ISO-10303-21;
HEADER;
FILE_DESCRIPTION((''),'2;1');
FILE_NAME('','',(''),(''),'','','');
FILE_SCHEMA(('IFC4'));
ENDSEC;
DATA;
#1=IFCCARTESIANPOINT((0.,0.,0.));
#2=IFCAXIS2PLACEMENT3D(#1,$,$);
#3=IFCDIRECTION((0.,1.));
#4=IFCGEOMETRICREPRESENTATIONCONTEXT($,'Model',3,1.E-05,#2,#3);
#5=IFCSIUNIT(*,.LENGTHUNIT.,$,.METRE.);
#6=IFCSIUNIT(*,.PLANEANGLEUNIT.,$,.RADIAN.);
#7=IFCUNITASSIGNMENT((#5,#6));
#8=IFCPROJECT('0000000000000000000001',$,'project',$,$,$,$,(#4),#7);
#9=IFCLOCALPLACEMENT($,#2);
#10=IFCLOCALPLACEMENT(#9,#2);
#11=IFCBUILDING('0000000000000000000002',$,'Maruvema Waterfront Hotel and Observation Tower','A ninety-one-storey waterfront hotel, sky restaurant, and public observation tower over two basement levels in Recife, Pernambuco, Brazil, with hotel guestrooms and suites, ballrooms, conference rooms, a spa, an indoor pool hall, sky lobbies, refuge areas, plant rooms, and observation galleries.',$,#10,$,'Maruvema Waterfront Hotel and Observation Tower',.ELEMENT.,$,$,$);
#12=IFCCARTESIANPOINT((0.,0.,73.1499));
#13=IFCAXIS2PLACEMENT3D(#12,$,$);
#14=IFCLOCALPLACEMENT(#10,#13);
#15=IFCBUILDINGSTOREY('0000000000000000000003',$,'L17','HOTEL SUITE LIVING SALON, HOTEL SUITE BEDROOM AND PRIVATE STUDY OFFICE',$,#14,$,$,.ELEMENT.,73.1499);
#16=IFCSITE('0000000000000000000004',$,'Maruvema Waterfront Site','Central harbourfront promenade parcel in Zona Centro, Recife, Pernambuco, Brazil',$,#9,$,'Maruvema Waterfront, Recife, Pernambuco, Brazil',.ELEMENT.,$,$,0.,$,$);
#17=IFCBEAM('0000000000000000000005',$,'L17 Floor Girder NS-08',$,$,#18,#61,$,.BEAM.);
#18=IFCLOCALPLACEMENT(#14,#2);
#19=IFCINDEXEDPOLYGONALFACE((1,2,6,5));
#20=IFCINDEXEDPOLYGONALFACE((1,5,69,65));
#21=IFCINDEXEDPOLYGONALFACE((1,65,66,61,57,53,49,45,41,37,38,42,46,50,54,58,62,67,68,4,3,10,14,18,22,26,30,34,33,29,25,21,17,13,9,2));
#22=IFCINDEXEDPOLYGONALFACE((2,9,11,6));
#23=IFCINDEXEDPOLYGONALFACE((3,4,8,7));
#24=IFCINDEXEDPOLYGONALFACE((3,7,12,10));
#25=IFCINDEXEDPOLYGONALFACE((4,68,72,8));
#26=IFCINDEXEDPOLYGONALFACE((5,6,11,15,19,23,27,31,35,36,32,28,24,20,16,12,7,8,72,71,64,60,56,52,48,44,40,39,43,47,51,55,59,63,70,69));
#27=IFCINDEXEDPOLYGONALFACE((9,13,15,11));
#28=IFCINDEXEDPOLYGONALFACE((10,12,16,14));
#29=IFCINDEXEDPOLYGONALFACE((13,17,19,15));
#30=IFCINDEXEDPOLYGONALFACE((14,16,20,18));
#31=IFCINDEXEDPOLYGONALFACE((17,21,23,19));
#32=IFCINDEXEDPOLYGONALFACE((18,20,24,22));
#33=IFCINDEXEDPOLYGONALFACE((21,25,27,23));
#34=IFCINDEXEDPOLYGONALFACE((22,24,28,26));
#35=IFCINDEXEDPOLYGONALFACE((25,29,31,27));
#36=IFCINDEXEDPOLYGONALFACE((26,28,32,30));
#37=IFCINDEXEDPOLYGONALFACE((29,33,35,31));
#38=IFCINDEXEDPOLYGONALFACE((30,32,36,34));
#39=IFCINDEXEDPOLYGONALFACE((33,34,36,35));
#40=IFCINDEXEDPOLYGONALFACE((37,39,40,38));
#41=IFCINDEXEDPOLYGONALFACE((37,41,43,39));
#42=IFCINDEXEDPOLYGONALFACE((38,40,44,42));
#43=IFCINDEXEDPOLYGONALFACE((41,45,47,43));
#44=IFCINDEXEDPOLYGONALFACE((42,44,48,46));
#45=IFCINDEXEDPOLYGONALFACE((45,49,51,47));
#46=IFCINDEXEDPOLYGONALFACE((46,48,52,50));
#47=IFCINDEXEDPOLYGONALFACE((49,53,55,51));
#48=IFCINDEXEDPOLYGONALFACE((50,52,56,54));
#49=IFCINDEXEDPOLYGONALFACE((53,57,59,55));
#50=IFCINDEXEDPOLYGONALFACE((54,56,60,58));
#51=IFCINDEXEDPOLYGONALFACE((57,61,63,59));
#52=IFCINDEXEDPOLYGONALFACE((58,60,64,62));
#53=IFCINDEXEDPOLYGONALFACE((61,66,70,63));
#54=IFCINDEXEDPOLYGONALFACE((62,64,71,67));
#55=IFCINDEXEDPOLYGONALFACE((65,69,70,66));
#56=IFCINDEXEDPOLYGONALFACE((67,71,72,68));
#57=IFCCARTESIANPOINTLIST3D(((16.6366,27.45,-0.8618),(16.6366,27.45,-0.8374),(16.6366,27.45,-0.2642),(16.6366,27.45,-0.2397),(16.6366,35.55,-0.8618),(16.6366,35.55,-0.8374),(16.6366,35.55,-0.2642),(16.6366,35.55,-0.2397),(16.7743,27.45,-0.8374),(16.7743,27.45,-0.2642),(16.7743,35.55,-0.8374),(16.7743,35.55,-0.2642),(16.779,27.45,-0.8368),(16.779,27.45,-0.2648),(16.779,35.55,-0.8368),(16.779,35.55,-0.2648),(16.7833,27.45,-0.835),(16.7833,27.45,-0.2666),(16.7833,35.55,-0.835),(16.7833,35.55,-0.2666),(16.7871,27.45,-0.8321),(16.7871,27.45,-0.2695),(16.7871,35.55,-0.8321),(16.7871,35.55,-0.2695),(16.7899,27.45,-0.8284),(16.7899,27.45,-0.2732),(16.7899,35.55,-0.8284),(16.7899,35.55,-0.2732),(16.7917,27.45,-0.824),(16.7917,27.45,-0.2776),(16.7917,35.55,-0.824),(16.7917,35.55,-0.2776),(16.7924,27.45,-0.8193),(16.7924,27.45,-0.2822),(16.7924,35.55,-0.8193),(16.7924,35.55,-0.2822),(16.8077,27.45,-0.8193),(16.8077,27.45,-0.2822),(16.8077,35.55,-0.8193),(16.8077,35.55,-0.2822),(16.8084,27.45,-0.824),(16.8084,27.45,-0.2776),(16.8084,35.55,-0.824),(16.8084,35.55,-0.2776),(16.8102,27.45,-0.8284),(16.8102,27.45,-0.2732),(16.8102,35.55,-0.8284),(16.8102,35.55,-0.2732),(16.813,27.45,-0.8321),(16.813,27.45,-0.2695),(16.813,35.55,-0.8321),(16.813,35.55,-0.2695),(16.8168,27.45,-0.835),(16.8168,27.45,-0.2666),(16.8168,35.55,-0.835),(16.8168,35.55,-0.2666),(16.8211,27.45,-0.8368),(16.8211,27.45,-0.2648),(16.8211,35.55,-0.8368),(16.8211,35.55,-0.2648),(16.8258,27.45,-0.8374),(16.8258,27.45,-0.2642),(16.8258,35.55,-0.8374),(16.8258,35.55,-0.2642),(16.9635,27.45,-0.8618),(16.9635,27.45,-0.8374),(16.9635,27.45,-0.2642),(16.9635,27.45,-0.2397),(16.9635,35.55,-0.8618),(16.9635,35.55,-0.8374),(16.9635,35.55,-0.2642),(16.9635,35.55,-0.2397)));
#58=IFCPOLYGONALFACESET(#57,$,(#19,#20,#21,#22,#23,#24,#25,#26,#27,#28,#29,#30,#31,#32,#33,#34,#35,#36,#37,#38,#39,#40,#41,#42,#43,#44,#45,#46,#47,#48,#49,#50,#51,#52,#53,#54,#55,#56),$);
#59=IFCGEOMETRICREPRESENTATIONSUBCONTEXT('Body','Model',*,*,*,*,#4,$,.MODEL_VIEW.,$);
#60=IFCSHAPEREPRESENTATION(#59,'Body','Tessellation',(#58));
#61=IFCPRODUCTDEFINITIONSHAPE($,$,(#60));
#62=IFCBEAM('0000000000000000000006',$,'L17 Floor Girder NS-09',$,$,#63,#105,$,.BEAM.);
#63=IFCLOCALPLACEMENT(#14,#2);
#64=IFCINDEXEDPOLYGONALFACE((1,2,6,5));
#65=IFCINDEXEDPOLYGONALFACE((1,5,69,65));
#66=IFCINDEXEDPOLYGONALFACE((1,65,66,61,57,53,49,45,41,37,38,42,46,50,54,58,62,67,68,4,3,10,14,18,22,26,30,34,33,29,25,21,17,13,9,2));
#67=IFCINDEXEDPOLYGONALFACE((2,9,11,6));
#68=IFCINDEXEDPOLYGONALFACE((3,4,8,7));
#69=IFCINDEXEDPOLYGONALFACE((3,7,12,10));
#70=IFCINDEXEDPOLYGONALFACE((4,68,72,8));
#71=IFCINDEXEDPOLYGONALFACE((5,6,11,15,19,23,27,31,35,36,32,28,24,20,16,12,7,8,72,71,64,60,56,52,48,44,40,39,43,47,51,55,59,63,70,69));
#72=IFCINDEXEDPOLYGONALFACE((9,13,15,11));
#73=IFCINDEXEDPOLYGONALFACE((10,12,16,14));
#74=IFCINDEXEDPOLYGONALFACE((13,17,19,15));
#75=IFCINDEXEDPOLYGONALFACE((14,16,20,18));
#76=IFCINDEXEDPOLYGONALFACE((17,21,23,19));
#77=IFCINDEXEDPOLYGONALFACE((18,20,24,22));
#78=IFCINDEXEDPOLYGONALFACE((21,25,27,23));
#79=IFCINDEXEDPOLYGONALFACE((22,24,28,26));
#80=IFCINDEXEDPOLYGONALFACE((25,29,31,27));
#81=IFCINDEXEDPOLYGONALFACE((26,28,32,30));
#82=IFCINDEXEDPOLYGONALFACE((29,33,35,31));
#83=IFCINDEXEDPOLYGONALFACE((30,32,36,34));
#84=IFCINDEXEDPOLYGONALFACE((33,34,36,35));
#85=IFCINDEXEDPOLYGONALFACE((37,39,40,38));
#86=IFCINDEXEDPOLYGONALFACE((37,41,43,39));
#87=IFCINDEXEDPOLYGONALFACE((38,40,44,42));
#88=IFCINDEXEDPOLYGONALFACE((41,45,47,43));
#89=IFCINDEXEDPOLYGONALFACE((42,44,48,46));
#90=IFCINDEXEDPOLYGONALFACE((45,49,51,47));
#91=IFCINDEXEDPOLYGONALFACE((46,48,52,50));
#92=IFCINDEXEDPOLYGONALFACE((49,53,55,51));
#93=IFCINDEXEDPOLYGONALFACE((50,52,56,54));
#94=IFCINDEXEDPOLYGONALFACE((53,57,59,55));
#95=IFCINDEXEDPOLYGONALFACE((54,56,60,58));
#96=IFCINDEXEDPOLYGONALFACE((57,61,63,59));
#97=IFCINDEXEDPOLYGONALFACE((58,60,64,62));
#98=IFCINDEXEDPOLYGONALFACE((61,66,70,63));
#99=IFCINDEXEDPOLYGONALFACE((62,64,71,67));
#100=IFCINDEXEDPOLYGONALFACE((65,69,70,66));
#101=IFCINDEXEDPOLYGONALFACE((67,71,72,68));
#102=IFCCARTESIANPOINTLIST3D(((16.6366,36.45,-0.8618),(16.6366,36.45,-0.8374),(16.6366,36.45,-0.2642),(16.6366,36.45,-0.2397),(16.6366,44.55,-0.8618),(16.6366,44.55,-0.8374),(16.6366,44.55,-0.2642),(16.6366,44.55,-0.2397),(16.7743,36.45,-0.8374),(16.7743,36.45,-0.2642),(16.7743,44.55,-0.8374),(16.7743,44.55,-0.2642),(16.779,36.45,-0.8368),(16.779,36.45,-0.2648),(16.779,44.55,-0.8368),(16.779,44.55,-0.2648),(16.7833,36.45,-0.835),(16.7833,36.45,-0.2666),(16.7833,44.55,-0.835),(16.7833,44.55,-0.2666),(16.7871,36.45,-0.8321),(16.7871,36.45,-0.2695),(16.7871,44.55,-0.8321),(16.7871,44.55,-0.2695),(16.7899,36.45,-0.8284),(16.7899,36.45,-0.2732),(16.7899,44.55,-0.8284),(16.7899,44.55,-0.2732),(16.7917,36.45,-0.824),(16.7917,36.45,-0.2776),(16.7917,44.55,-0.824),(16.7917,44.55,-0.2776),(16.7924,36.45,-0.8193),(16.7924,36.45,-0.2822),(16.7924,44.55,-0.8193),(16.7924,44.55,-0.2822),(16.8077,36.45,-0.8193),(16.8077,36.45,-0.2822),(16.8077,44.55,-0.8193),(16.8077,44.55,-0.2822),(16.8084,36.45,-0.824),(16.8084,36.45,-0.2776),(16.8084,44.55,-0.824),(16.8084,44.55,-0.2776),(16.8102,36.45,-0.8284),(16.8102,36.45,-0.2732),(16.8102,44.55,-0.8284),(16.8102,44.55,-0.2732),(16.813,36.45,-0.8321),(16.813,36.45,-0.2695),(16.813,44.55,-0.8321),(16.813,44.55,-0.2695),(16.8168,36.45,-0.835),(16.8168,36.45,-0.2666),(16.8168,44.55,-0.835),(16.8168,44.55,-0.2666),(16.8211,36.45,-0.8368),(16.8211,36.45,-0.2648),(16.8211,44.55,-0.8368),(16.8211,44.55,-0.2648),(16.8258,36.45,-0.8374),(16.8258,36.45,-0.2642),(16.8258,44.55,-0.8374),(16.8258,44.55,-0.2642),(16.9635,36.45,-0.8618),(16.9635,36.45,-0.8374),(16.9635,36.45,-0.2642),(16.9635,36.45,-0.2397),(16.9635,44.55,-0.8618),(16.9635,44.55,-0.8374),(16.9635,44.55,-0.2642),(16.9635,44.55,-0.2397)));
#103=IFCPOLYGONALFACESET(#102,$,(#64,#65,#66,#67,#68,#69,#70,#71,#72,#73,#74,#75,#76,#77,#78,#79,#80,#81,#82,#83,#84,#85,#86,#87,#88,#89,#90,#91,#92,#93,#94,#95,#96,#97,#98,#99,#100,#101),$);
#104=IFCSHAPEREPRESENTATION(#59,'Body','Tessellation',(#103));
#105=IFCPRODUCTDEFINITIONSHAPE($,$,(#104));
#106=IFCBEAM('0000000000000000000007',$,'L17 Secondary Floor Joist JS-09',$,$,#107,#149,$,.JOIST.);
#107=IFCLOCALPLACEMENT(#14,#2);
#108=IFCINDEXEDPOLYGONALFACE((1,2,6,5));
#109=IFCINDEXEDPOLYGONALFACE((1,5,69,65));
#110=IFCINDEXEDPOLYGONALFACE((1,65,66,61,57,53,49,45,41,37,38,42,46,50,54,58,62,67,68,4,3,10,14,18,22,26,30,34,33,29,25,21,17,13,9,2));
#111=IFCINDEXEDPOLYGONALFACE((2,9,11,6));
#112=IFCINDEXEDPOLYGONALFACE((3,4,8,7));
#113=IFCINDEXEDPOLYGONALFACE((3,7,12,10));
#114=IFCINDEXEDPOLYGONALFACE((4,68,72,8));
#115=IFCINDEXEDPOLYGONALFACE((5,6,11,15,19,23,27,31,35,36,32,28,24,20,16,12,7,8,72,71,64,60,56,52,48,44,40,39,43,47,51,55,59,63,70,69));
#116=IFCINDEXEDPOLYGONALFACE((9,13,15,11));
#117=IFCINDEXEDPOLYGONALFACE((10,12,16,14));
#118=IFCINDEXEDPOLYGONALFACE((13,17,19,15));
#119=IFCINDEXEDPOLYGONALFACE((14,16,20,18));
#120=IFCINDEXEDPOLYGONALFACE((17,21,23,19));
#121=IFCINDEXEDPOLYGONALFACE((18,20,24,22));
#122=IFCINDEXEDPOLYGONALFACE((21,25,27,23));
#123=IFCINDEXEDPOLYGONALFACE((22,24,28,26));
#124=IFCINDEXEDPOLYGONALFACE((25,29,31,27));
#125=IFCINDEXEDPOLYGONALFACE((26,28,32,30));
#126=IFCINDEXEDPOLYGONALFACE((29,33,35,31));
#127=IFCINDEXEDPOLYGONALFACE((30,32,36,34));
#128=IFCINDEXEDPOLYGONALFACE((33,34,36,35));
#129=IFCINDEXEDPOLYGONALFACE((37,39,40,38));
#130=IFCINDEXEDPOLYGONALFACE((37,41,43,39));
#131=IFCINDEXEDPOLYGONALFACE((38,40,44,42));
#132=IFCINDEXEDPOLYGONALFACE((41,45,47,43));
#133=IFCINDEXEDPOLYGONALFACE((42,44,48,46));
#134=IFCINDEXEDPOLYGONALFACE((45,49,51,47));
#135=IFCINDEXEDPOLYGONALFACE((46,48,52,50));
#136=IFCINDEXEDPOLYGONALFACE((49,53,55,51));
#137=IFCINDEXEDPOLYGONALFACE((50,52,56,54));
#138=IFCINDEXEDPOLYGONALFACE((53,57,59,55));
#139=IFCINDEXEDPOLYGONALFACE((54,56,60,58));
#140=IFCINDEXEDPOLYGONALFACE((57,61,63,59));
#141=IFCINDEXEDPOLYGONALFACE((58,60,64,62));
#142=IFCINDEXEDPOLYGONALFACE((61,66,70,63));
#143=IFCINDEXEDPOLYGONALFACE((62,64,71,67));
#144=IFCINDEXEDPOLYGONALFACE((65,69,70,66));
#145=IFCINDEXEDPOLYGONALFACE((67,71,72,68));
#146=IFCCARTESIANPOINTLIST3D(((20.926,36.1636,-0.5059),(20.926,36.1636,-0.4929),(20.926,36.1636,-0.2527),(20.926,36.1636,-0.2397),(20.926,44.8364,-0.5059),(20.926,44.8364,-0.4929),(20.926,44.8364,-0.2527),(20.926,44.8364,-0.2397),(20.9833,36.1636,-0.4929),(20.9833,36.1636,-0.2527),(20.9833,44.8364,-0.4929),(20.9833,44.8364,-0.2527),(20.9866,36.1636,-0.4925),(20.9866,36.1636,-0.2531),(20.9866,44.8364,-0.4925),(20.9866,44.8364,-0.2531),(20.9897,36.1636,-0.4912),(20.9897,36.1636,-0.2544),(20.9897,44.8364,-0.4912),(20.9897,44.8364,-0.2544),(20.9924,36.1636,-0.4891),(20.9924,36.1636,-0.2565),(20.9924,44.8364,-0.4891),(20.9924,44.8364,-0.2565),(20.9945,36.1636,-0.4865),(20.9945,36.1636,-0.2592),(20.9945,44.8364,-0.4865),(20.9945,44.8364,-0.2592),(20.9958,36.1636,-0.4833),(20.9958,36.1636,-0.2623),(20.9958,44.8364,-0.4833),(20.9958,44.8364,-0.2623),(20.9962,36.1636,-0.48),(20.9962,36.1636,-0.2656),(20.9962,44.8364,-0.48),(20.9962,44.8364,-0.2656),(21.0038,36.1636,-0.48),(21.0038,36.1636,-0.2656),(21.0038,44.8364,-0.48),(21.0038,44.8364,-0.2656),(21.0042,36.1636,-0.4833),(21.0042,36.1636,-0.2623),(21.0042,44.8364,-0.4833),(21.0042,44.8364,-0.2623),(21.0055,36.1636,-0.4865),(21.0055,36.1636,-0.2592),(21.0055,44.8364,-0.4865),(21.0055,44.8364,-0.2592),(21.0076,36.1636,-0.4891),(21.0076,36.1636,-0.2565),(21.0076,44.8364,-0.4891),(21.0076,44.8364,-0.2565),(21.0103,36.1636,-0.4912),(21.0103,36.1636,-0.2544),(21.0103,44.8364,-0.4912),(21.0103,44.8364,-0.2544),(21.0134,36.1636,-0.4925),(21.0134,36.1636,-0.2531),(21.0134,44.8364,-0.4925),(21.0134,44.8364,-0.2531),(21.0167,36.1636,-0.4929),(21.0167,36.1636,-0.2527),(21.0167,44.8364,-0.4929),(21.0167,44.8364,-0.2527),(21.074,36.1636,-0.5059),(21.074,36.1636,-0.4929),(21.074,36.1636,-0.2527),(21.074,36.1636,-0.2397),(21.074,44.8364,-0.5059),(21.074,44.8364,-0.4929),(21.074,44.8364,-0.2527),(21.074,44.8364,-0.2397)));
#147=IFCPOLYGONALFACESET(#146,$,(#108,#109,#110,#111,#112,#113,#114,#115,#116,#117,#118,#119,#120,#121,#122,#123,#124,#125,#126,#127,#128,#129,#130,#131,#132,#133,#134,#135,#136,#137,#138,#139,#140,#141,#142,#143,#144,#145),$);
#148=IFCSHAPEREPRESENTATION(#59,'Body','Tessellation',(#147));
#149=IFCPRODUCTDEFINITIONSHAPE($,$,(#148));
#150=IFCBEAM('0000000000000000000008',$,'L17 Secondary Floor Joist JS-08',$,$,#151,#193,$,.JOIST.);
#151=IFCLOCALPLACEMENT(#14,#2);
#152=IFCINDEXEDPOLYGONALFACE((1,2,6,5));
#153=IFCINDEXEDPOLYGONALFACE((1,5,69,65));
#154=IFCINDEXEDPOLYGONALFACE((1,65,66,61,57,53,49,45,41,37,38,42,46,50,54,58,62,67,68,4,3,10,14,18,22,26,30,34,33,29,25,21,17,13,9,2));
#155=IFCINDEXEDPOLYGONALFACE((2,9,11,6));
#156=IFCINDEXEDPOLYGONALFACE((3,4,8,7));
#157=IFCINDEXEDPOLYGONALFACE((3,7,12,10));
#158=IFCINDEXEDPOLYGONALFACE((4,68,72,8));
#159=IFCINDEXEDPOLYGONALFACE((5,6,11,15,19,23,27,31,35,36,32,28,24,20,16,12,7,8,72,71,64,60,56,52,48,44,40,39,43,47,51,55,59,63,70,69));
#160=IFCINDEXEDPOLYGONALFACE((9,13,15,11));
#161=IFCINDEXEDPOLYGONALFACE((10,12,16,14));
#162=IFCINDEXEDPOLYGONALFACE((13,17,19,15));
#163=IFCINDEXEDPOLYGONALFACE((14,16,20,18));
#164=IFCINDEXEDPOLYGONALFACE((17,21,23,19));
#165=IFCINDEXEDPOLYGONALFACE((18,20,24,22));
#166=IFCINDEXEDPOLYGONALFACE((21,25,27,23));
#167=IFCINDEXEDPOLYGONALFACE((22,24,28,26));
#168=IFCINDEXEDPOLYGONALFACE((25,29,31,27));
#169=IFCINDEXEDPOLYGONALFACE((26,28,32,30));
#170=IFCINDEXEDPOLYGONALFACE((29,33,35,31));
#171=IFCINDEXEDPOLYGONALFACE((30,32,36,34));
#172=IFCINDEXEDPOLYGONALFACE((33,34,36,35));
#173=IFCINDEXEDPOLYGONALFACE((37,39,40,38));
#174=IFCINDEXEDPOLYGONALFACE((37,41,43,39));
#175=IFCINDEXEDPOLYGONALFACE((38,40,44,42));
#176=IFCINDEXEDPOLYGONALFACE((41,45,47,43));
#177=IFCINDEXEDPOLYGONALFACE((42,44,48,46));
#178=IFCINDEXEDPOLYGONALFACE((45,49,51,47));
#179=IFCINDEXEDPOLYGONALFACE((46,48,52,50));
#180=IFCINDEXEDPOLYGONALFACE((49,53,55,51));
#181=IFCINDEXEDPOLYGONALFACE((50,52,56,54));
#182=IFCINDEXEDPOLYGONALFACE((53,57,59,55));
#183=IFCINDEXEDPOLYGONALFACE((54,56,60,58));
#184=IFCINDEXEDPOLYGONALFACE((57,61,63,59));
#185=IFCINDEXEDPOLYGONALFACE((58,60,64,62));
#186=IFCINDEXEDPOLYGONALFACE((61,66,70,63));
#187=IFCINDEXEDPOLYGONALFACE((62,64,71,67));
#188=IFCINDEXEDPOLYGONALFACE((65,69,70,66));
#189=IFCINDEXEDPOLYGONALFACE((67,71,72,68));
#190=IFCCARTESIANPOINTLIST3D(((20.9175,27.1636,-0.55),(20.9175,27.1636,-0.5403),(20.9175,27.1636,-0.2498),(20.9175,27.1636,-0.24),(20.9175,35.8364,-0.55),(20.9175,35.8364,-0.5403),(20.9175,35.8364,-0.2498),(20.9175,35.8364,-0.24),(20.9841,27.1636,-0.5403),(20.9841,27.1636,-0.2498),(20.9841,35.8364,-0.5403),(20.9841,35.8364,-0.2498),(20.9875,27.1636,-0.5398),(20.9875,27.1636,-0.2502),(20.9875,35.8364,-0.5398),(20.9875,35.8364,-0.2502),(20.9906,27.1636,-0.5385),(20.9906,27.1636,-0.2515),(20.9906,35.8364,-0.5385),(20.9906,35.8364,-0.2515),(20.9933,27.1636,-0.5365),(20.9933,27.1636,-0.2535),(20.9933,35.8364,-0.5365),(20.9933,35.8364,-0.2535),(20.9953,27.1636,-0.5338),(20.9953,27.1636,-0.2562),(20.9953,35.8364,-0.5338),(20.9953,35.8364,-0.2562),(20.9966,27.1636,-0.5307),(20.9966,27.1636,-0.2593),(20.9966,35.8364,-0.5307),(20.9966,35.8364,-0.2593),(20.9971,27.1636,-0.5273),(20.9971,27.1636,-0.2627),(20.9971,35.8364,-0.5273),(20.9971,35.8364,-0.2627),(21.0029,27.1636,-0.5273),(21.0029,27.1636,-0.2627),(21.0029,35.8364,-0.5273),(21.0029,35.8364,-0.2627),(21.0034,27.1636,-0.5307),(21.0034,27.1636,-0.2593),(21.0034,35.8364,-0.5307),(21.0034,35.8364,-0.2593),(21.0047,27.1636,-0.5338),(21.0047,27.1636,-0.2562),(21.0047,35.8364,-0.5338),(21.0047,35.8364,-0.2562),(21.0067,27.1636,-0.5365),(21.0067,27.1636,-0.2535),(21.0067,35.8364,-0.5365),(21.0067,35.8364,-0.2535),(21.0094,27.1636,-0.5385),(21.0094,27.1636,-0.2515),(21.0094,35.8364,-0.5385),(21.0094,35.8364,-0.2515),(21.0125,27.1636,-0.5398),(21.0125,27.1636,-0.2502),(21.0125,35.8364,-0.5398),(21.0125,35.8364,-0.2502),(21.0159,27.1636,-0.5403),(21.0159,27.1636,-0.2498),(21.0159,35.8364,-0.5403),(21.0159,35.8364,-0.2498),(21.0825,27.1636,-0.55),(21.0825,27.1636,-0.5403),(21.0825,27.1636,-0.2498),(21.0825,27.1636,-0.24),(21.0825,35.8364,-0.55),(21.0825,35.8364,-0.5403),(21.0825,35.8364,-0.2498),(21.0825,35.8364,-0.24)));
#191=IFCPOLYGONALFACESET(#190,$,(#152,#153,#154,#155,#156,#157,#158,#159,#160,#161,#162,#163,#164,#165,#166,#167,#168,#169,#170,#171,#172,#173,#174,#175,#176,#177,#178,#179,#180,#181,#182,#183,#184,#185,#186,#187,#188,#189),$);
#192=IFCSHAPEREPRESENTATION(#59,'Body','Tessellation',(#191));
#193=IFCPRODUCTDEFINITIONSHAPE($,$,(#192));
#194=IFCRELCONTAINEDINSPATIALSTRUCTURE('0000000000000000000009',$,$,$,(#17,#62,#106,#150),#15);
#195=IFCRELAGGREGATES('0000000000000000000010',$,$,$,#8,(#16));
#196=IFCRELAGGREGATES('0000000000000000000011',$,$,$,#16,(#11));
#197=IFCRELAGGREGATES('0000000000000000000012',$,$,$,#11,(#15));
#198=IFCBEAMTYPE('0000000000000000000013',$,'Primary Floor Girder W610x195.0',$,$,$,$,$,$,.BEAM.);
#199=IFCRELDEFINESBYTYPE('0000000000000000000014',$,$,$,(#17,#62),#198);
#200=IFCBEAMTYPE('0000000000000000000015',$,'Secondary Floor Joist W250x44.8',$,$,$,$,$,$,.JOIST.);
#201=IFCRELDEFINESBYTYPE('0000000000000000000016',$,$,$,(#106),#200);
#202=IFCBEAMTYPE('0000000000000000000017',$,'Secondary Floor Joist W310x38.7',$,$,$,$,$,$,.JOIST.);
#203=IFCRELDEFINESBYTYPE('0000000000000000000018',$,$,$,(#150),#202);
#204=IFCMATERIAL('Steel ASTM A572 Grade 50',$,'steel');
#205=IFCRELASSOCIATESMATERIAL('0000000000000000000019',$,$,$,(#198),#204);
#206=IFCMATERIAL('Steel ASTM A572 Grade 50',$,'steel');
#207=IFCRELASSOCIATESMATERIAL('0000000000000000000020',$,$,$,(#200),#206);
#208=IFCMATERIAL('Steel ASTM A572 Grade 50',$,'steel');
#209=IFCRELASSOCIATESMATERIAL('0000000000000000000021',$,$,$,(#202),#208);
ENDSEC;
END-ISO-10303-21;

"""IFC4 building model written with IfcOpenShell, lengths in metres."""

from ifc_helpers import new_model, si_unit, direction, frame, origin, origin_2d, place, context, subcontext, project, spatial, i_section, extrude, material, material_profile, profile_set, type_object, element, save


model = new_model("IFC4")

# Units and contexts
model_context = context("Model", 3, precision=1e-05, world=origin(), true_north=direction((0.0, 1.0)))
body_context = subcontext(model_context, "Body", "Model", "MODEL_VIEW")
ifc_project = project(units=[si_unit("LENGTHUNIT", "METRE"), si_unit("PLANEANGLEUNIT", "RADIAN")], contexts=[model_context])

# Site, building, storey
site_placement = place(None, origin())
site = spatial("IfcSite", under=ifc_project, at=site_placement, Name="Maruvema Waterfront Site", Description="Central harbourfront promenade parcel in Zona Centro, Recife, Pernambuco, Brazil", LongName="Maruvema Waterfront, Recife, Pernambuco, Brazil", CompositionType="ELEMENT", RefElevation=0.0)
building_placement = place(site_placement, origin())
building = spatial("IfcBuilding", under=site, at=building_placement, Name="Maruvema Waterfront Hotel and Observation Tower", Description="A ninety-one-storey waterfront hotel, sky restaurant, and public observation tower over two basement levels in Recife, Pernambuco, Brazil, with hotel guestrooms and suites, ballrooms, conference rooms, a spa, an indoor pool hall, sky lobbies, refuge areas, plant rooms, and observation galleries.", LongName="Maruvema Waterfront Hotel and Observation Tower", CompositionType="ELEMENT")
storey_placement = place(building_placement, frame((0.0, 0.0, 73.1499)))
storey = spatial("IfcBuildingStorey", under=building, at=storey_placement, Name="L17", Description="HOTEL SUITE LIVING SALON, HOTEL SUITE BEDROOM AND PRIVATE STUDY OFFICE", CompositionType="ELEMENT", Elevation=73.1499)

# Beams
ifc_material_1 = material(Name="Steel ASTM A572 Grade 50", Category="steel")
ifc_material_profile_1 = material_profile(ifc_material_1, i_section(OverallWidth=0.3269, OverallDepth=0.6221, WebThickness=0.0154, FlangeThickness=0.0244, FilletRadius=0.0181, at=origin_2d()), Name="W610x195.0")
ifc_profile_set_1 = profile_set([ifc_material_profile_1], Name="Steel ASTM A572 Grade 50")
beam_type_1 = type_object("IfcBeamType", Name="Primary Floor Girder W610x195.0", PredefinedType="BEAM", material=ifc_profile_set_1)
for number, where, z_axis, x_axis, name in (
    (1, (16.8, 27.45, -0.5508), (0.0, 1.0, 0.0), (-1.0, 0.0, 0.0), "L17 Floor Girder NS-08"),
    (2, (16.8, 36.45, -0.5508), (0.0, 1.0, 0.0), (-1.0, 0.0, 0.0), "L17 Floor Girder NS-09"),
):
    element("IfcBeam", number, at=place(storey_placement, frame(where, z_axis=z_axis, x_axis=x_axis)), inside=storey, type_object=beam_type_1, Name=name, PredefinedType="BEAM", context=body_context, shape_type="SweptSolid", body=[
        extrude(i_section(OverallWidth=0.3269, OverallDepth=0.6221, WebThickness=0.0154, FlangeThickness=0.0244, FilletRadius=0.0181, at=origin_2d()), origin(), (0.0, 0.0, 1.0), 8.1001),
    ])
ifc_material_2 = material(Name="Steel ASTM A572 Grade 50", Category="steel")
ifc_material_profile_2 = material_profile(ifc_material_2, i_section(OverallWidth=0.1479, OverallDepth=0.2661, WebThickness=0.0076, FlangeThickness=0.0129, FilletRadius=0.0129, at=origin_2d()), Name="W250x44.8")
ifc_profile_set_2 = profile_set([ifc_material_profile_2], Name="Steel ASTM A572 Grade 50")
beam_type_2 = type_object("IfcBeamType", Name="Secondary Floor Joist W250x44.8", PredefinedType="JOIST", material=ifc_profile_set_2)
beam_1_placement = place(storey_placement, frame((21.0, 36.1636, -0.3728), z_axis=(0.0, 1.0, 0.0), x_axis=(-1.0, 0.0, 0.0)))
element("IfcBeam", 3, at=beam_1_placement, inside=storey, type_object=beam_type_2, Name="L17 Secondary Floor Joist JS-09", PredefinedType="JOIST", context=body_context, shape_type="SweptSolid", body=[
    extrude(i_section(OverallWidth=0.1479, OverallDepth=0.2661, WebThickness=0.0076, FlangeThickness=0.0129, FilletRadius=0.0129, at=origin_2d()), origin(), (0.0, 0.0, 1.0), 8.6729),
])
ifc_material_3 = material(Name="Steel ASTM A572 Grade 50", Category="steel")
ifc_material_profile_3 = material_profile(ifc_material_3, i_section(OverallWidth=0.165, OverallDepth=0.3101, WebThickness=0.0059, FlangeThickness=0.0098, FilletRadius=0.0129, at=origin_2d()), Name="W310x38.7")
ifc_profile_set_3 = profile_set([ifc_material_profile_3], Name="Steel ASTM A572 Grade 50")
beam_type_3 = type_object("IfcBeamType", Name="Secondary Floor Joist W310x38.7", PredefinedType="JOIST", material=ifc_profile_set_3)
beam_2_placement = place(storey_placement, frame((21.0, 27.1636, -0.395), z_axis=(0.0, 1.0, 0.0), x_axis=(-1.0, 0.0, 0.0)))
element("IfcBeam", 4, at=beam_2_placement, inside=storey, type_object=beam_type_3, Name="L17 Secondary Floor Joist JS-08", PredefinedType="JOIST", context=body_context, shape_type="SweptSolid", body=[
    extrude(i_section(OverallWidth=0.165, OverallDepth=0.3101, WebThickness=0.0059, FlangeThickness=0.0098, FilletRadius=0.0129, at=origin_2d()), origin(), (0.0, 0.0, 1.0), 8.6729),
])

save(model, "model.ifc")
